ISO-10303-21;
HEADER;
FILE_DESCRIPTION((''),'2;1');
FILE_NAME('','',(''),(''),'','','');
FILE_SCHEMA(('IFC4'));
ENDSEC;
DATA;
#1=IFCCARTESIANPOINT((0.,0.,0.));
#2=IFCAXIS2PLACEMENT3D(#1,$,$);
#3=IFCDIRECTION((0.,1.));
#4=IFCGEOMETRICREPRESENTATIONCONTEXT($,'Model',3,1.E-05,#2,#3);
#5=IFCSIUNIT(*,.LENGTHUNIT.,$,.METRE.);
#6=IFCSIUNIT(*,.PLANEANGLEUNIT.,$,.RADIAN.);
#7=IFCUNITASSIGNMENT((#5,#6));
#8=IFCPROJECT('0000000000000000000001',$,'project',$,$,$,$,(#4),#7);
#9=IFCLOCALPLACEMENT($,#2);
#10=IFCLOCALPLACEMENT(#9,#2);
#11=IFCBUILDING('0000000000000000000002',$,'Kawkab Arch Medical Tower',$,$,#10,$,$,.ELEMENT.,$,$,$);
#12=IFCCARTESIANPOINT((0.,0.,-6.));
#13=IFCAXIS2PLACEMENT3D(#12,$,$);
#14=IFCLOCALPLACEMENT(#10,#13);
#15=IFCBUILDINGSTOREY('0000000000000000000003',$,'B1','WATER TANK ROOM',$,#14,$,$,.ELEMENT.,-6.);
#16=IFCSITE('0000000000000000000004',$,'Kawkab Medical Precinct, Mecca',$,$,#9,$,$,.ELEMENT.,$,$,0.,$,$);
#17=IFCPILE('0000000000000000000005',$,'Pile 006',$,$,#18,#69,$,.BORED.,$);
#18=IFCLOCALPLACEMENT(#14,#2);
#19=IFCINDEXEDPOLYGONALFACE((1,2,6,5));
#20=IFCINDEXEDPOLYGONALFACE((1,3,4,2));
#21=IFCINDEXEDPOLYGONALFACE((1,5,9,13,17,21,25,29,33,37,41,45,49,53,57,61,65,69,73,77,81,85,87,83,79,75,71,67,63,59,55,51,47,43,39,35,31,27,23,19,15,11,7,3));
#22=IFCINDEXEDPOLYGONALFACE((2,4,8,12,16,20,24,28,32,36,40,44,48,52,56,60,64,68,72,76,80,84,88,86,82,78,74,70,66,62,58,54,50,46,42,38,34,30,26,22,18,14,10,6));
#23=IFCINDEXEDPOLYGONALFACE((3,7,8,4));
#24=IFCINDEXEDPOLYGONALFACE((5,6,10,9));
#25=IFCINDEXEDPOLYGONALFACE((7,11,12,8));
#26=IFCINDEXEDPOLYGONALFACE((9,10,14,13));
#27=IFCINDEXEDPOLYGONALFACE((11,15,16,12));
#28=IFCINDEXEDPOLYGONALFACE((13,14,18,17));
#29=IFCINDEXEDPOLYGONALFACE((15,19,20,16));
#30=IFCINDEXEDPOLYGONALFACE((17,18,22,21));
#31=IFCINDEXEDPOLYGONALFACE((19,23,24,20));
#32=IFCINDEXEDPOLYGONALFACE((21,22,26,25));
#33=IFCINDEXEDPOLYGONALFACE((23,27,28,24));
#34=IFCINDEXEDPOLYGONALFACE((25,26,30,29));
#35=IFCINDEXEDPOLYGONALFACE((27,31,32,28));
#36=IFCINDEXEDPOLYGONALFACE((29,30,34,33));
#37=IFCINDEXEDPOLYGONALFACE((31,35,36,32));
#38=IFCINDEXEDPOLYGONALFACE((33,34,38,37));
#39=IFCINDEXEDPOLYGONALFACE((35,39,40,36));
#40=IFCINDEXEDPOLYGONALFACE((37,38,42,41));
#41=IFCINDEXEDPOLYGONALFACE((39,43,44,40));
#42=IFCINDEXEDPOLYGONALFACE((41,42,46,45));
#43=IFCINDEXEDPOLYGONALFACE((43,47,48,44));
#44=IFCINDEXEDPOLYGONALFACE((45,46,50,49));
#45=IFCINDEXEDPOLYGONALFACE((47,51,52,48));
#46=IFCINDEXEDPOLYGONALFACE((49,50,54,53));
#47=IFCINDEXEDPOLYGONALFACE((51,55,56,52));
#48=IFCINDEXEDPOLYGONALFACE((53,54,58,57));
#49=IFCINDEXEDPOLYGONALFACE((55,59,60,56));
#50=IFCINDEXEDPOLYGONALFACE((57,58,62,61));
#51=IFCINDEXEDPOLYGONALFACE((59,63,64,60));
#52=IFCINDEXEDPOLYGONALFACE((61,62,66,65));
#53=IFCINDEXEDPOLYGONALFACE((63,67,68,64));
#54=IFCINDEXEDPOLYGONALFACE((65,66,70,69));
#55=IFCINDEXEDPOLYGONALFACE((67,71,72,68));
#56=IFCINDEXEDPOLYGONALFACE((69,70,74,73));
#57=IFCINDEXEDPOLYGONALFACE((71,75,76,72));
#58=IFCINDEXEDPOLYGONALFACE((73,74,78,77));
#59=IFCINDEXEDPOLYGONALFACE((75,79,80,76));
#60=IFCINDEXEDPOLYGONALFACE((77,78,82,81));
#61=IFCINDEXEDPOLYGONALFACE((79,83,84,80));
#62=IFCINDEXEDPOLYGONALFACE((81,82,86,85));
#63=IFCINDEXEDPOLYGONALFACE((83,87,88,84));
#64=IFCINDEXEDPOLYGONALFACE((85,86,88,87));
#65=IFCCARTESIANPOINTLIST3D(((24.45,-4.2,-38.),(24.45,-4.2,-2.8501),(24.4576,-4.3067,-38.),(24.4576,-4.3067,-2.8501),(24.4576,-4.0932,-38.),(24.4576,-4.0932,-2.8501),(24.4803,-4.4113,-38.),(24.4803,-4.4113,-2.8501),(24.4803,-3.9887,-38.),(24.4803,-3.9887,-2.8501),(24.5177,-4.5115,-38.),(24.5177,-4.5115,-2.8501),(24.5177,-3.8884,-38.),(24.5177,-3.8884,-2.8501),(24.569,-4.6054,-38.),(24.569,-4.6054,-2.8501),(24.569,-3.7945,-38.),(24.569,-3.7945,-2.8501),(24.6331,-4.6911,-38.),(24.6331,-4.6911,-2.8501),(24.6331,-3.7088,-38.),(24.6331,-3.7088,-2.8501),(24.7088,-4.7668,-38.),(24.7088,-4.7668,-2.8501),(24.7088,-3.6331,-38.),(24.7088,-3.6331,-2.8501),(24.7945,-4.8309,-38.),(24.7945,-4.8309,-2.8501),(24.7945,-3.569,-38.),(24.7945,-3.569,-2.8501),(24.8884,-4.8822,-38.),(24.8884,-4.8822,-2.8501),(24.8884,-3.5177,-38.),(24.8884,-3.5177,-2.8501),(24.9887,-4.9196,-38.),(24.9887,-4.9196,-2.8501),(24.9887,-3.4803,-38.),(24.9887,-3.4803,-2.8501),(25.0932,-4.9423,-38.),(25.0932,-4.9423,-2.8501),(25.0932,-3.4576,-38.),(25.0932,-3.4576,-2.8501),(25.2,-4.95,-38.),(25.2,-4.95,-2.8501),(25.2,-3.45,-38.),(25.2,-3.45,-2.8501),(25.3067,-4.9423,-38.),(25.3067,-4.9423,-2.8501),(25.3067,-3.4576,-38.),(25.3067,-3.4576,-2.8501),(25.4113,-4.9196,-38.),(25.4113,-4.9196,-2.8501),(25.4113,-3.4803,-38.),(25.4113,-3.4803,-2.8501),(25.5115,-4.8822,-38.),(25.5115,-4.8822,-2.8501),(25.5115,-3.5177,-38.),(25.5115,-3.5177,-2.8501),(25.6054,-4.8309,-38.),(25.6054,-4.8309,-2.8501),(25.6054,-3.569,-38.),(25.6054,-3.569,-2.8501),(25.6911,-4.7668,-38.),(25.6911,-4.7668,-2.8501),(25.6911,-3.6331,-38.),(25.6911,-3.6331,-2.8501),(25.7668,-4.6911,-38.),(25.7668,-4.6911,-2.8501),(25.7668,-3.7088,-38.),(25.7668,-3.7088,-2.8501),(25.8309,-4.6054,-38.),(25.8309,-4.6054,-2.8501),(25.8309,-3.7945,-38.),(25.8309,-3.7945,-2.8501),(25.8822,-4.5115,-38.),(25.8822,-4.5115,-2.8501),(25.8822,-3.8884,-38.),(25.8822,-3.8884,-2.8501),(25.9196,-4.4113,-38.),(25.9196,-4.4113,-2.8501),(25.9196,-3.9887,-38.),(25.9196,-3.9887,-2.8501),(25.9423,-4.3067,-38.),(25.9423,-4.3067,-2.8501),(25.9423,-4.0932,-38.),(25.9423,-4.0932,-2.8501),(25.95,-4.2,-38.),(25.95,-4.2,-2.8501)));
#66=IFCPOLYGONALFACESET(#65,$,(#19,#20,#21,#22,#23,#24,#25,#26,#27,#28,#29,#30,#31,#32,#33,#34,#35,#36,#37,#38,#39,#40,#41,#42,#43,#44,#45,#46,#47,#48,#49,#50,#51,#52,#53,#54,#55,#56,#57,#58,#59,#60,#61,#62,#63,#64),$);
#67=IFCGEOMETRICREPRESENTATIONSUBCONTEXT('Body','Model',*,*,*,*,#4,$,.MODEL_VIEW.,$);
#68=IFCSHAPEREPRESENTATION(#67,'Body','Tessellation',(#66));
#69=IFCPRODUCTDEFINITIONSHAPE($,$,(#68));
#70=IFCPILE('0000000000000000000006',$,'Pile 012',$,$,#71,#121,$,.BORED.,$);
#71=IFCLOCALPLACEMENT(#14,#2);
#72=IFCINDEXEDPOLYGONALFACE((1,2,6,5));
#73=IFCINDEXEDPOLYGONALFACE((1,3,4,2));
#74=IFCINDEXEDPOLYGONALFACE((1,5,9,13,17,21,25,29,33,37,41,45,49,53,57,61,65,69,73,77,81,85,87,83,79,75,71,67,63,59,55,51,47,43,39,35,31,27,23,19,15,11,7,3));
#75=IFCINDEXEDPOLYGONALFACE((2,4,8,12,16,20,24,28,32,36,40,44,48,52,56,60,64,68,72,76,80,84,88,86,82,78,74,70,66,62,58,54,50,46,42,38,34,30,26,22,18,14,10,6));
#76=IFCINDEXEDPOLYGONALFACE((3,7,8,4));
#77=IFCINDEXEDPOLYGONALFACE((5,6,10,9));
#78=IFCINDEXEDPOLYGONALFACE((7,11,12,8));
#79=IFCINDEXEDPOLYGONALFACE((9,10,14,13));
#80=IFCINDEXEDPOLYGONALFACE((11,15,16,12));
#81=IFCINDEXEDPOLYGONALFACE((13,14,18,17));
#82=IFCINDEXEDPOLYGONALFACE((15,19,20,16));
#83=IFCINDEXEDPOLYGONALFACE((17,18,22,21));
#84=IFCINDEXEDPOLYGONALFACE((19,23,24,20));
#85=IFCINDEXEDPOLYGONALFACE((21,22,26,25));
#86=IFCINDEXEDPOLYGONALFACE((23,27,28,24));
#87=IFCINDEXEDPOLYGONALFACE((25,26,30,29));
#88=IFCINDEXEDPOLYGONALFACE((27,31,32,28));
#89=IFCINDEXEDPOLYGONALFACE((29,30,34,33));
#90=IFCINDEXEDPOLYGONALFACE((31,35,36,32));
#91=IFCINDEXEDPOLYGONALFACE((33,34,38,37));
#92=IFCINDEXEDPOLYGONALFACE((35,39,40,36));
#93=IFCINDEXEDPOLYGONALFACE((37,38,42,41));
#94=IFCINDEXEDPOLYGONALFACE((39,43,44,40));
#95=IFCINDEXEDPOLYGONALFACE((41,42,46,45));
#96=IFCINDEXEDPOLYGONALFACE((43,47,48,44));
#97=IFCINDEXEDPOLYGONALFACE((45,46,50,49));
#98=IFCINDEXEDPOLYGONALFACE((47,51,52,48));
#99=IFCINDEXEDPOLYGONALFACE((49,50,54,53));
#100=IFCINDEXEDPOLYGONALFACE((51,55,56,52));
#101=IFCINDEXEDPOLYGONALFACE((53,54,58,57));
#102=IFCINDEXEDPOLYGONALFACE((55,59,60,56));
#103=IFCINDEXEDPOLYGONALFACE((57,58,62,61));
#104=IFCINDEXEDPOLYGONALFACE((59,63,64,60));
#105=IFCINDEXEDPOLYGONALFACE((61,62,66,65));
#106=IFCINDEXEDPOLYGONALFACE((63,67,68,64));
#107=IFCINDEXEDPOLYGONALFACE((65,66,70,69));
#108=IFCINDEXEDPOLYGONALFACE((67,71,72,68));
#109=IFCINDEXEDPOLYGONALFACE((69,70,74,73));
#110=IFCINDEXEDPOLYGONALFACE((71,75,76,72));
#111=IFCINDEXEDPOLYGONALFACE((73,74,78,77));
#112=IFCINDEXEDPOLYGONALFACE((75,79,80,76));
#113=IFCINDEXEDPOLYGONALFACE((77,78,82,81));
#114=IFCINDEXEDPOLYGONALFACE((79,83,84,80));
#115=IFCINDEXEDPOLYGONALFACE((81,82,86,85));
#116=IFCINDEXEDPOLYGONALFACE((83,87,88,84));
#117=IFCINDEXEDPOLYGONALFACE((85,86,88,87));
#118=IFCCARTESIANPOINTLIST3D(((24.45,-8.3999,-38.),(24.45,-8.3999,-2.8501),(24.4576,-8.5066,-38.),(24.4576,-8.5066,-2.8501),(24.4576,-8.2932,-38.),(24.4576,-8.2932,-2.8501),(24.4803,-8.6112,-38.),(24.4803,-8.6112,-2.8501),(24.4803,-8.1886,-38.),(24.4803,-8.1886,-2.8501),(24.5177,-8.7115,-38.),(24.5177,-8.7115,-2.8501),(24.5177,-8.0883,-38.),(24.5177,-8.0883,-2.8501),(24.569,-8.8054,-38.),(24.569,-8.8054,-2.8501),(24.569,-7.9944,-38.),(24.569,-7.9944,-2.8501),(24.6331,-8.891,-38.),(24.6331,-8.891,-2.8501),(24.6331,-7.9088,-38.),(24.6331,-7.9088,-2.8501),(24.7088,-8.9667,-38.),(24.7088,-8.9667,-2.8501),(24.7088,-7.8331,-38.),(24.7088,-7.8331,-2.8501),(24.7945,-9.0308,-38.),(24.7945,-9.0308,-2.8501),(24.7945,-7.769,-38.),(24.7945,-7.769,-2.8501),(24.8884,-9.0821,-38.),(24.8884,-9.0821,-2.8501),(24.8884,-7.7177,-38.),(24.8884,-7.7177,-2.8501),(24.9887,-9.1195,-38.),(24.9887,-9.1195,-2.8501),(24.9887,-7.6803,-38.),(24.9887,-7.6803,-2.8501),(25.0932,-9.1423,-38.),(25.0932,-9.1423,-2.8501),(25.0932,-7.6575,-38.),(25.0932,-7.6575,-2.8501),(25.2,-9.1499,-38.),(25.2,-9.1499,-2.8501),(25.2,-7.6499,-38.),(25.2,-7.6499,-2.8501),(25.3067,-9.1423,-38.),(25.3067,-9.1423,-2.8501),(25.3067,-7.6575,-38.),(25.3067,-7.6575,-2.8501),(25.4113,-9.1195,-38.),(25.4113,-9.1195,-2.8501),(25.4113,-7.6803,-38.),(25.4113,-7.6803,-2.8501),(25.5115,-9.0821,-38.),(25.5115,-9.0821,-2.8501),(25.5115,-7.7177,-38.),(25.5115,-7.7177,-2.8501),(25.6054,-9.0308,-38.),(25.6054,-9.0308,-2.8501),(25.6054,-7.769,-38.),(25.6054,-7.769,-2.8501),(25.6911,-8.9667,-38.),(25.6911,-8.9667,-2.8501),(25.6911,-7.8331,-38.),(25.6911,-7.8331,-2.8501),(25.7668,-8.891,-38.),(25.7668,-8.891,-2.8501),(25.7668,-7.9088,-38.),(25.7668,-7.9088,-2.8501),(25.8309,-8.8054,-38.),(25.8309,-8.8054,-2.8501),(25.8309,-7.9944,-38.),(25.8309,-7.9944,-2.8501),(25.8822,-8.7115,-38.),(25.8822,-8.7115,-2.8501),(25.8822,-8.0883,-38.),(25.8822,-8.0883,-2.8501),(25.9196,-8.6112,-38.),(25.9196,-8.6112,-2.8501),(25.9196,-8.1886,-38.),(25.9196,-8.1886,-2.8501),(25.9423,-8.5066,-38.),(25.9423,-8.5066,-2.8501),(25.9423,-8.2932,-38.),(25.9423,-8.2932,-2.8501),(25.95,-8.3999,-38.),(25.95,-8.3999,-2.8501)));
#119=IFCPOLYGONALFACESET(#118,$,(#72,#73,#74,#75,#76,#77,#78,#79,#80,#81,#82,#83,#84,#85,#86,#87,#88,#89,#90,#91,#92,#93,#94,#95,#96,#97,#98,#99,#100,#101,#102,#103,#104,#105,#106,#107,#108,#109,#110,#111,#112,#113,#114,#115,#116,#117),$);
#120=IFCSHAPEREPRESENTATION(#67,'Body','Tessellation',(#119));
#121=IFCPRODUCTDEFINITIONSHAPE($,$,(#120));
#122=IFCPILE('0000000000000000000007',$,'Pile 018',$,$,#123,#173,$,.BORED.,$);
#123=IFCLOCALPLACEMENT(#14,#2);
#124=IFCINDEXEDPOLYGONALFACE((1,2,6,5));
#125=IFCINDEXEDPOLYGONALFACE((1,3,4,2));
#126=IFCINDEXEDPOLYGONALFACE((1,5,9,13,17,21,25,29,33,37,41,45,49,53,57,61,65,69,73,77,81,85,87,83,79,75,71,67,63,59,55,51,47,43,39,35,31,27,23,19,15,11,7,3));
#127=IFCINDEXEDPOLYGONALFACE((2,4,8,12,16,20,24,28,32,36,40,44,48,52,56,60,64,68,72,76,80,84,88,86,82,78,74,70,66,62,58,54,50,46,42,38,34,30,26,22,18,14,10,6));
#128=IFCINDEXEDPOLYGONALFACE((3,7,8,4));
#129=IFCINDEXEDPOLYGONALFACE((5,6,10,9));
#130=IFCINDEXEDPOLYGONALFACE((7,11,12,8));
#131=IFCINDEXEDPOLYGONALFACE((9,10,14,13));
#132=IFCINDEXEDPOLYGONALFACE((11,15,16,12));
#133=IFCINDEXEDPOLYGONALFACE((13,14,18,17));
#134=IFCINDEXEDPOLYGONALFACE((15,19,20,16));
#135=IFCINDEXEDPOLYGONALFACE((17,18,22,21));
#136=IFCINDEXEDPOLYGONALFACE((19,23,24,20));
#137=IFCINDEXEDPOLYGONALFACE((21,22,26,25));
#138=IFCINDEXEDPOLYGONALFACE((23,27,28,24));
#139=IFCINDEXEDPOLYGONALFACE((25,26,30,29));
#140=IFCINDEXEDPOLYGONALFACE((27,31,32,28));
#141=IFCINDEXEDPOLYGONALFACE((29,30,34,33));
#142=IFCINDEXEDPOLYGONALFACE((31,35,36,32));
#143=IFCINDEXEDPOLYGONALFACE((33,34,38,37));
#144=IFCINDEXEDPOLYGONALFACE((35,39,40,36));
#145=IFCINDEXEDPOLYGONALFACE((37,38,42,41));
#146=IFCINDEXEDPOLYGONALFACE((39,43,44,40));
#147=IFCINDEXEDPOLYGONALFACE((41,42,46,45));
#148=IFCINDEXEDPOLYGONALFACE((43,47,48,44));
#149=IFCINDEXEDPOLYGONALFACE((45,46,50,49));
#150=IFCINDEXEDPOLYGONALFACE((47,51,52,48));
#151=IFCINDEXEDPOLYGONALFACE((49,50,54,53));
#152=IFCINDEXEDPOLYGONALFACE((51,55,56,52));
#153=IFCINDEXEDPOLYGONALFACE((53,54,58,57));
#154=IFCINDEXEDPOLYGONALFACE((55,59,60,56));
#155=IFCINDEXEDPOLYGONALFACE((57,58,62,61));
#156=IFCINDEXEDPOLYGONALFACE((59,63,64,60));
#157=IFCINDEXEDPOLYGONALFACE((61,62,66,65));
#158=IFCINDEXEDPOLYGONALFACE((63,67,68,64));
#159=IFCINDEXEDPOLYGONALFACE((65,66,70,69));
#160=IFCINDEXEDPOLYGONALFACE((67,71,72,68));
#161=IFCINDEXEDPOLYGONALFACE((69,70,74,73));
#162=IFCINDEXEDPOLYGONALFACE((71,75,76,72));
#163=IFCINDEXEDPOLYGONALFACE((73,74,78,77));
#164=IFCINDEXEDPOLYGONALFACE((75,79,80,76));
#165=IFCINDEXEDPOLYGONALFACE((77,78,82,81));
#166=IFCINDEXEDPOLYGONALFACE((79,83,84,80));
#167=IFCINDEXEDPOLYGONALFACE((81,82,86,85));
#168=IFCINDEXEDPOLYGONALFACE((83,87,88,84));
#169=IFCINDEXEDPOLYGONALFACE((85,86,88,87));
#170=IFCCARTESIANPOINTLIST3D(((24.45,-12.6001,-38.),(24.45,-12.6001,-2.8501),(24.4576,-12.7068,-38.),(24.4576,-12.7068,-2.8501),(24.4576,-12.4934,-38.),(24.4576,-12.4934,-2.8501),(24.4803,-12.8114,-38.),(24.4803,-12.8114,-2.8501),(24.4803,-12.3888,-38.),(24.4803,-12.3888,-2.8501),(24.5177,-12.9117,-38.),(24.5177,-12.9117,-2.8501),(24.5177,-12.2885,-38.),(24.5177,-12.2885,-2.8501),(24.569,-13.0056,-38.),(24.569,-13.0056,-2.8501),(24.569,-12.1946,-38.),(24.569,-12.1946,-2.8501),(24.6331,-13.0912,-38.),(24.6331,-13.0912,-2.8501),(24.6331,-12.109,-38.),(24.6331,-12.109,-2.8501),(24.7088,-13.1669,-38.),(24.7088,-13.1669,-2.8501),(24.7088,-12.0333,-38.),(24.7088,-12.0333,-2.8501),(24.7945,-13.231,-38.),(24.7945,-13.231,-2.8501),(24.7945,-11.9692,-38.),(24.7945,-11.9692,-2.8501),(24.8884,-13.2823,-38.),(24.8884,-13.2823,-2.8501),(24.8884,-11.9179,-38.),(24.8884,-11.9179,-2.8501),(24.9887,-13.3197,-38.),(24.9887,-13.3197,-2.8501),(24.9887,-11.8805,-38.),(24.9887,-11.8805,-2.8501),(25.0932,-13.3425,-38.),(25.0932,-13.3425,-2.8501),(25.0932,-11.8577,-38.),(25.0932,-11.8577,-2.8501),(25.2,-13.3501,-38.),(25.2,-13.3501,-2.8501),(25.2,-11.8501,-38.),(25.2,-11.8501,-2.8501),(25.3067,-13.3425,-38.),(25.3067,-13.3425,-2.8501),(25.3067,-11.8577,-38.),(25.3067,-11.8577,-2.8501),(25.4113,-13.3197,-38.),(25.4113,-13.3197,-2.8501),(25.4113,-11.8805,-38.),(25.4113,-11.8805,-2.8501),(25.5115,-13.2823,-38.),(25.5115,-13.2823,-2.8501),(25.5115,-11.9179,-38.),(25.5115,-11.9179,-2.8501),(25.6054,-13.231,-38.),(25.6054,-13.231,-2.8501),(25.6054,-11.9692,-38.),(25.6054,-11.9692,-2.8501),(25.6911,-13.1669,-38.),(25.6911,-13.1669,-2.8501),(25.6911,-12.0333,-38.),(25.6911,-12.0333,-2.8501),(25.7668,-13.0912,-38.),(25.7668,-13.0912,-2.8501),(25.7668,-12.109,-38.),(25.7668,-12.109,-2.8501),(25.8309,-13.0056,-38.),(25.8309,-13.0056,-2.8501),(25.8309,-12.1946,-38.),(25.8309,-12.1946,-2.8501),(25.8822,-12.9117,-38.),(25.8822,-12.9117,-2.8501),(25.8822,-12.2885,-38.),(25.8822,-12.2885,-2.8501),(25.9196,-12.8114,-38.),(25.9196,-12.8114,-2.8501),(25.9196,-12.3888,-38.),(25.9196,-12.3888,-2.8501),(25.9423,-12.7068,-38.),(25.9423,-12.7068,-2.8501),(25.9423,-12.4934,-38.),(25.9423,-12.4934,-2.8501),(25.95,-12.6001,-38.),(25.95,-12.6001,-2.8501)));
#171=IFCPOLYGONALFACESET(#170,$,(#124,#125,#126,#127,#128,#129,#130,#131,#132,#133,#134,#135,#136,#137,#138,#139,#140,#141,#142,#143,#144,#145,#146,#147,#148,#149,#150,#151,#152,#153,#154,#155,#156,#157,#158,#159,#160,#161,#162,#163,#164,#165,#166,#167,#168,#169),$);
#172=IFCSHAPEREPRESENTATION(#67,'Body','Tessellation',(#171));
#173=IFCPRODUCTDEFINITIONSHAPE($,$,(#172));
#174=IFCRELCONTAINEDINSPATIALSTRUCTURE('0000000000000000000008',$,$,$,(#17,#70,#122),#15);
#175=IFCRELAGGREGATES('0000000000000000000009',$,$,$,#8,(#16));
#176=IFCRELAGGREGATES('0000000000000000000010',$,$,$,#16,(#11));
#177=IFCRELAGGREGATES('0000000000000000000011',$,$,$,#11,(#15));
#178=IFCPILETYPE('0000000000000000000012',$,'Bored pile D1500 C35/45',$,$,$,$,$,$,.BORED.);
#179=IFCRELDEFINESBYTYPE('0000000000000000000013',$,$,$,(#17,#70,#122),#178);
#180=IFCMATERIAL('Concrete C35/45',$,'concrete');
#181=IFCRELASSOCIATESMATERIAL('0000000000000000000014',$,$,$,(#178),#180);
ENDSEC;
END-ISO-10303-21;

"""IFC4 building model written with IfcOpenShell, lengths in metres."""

from ifc_helpers import new_model, si_unit, direction, frame, origin, origin_2d, place, context, subcontext, project, spatial, circle, extrude, material, material_profile, profile_set, type_object, element, save


model = new_model("IFC4")

# Units and contexts
model_context = context("Model", 3, precision=1e-05, world=origin(), true_north=direction((0.0, 1.0)))
body_context = subcontext(model_context, "Body", "Model", "MODEL_VIEW")
ifc_project = project(units=[si_unit("LENGTHUNIT", "METRE"), si_unit("PLANEANGLEUNIT", "RADIAN")], contexts=[model_context])

# Site, building, storey
site_placement = place(None, origin())
site = spatial("IfcSite", under=ifc_project, at=site_placement, Name="Kawkab Medical Precinct, Mecca", CompositionType="ELEMENT", RefElevation=0.0)
building_placement = place(site_placement, origin())
building = spatial("IfcBuilding", under=site, at=building_placement, Name="Kawkab Arch Medical Tower", CompositionType="ELEMENT")
storey_placement = place(building_placement, frame((0.0, 0.0, -6.0)))
storey = spatial("IfcBuildingStorey", under=building, at=storey_placement, Name="B1", Description="WATER TANK ROOM", CompositionType="ELEMENT", Elevation=-6.0)

# Piles
ifc_material_1 = material(Name="Concrete C35/45", Category="concrete")
ifc_material_profile_1 = material_profile(ifc_material_1, circle(Radius=0.75, at=origin_2d()), Name="Bored pile D1500")
ifc_profile_set_1 = profile_set([ifc_material_profile_1], Name="Concrete C35/45")
pile_type_1 = type_object("IfcPileType", Name="Bored pile D1500 C35/45", PredefinedType="BORED", material=ifc_profile_set_1)
for number, where, z_axis, x_axis, name in (
    (1, (25.2, -4.2, -2.8501), (0.0, 0.0, -1.0), (1.0, 0.0, 0.0), "Pile 006"),
    (2, (25.2, -8.3999, -2.8501), (0.0, 0.0, -1.0), (1.0, 0.0, 0.0), "Pile 012"),
    (3, (25.2, -12.6001, -2.8501), (0.0, 0.0, -1.0), (1.0, 0.0, 0.0), "Pile 018"),
):
    element("IfcPile", number, at=place(storey_placement, frame(where, z_axis=z_axis, x_axis=x_axis)), inside=storey, type_object=pile_type_1, Name=name, PredefinedType="BORED", context=body_context, shape_type="SweptSolid", body=[
        extrude(circle(Radius=0.75, at=origin_2d()), origin(), (0.0, 0.0, 1.0), 35.1499),
    ])

save(model, "model.ifc")
